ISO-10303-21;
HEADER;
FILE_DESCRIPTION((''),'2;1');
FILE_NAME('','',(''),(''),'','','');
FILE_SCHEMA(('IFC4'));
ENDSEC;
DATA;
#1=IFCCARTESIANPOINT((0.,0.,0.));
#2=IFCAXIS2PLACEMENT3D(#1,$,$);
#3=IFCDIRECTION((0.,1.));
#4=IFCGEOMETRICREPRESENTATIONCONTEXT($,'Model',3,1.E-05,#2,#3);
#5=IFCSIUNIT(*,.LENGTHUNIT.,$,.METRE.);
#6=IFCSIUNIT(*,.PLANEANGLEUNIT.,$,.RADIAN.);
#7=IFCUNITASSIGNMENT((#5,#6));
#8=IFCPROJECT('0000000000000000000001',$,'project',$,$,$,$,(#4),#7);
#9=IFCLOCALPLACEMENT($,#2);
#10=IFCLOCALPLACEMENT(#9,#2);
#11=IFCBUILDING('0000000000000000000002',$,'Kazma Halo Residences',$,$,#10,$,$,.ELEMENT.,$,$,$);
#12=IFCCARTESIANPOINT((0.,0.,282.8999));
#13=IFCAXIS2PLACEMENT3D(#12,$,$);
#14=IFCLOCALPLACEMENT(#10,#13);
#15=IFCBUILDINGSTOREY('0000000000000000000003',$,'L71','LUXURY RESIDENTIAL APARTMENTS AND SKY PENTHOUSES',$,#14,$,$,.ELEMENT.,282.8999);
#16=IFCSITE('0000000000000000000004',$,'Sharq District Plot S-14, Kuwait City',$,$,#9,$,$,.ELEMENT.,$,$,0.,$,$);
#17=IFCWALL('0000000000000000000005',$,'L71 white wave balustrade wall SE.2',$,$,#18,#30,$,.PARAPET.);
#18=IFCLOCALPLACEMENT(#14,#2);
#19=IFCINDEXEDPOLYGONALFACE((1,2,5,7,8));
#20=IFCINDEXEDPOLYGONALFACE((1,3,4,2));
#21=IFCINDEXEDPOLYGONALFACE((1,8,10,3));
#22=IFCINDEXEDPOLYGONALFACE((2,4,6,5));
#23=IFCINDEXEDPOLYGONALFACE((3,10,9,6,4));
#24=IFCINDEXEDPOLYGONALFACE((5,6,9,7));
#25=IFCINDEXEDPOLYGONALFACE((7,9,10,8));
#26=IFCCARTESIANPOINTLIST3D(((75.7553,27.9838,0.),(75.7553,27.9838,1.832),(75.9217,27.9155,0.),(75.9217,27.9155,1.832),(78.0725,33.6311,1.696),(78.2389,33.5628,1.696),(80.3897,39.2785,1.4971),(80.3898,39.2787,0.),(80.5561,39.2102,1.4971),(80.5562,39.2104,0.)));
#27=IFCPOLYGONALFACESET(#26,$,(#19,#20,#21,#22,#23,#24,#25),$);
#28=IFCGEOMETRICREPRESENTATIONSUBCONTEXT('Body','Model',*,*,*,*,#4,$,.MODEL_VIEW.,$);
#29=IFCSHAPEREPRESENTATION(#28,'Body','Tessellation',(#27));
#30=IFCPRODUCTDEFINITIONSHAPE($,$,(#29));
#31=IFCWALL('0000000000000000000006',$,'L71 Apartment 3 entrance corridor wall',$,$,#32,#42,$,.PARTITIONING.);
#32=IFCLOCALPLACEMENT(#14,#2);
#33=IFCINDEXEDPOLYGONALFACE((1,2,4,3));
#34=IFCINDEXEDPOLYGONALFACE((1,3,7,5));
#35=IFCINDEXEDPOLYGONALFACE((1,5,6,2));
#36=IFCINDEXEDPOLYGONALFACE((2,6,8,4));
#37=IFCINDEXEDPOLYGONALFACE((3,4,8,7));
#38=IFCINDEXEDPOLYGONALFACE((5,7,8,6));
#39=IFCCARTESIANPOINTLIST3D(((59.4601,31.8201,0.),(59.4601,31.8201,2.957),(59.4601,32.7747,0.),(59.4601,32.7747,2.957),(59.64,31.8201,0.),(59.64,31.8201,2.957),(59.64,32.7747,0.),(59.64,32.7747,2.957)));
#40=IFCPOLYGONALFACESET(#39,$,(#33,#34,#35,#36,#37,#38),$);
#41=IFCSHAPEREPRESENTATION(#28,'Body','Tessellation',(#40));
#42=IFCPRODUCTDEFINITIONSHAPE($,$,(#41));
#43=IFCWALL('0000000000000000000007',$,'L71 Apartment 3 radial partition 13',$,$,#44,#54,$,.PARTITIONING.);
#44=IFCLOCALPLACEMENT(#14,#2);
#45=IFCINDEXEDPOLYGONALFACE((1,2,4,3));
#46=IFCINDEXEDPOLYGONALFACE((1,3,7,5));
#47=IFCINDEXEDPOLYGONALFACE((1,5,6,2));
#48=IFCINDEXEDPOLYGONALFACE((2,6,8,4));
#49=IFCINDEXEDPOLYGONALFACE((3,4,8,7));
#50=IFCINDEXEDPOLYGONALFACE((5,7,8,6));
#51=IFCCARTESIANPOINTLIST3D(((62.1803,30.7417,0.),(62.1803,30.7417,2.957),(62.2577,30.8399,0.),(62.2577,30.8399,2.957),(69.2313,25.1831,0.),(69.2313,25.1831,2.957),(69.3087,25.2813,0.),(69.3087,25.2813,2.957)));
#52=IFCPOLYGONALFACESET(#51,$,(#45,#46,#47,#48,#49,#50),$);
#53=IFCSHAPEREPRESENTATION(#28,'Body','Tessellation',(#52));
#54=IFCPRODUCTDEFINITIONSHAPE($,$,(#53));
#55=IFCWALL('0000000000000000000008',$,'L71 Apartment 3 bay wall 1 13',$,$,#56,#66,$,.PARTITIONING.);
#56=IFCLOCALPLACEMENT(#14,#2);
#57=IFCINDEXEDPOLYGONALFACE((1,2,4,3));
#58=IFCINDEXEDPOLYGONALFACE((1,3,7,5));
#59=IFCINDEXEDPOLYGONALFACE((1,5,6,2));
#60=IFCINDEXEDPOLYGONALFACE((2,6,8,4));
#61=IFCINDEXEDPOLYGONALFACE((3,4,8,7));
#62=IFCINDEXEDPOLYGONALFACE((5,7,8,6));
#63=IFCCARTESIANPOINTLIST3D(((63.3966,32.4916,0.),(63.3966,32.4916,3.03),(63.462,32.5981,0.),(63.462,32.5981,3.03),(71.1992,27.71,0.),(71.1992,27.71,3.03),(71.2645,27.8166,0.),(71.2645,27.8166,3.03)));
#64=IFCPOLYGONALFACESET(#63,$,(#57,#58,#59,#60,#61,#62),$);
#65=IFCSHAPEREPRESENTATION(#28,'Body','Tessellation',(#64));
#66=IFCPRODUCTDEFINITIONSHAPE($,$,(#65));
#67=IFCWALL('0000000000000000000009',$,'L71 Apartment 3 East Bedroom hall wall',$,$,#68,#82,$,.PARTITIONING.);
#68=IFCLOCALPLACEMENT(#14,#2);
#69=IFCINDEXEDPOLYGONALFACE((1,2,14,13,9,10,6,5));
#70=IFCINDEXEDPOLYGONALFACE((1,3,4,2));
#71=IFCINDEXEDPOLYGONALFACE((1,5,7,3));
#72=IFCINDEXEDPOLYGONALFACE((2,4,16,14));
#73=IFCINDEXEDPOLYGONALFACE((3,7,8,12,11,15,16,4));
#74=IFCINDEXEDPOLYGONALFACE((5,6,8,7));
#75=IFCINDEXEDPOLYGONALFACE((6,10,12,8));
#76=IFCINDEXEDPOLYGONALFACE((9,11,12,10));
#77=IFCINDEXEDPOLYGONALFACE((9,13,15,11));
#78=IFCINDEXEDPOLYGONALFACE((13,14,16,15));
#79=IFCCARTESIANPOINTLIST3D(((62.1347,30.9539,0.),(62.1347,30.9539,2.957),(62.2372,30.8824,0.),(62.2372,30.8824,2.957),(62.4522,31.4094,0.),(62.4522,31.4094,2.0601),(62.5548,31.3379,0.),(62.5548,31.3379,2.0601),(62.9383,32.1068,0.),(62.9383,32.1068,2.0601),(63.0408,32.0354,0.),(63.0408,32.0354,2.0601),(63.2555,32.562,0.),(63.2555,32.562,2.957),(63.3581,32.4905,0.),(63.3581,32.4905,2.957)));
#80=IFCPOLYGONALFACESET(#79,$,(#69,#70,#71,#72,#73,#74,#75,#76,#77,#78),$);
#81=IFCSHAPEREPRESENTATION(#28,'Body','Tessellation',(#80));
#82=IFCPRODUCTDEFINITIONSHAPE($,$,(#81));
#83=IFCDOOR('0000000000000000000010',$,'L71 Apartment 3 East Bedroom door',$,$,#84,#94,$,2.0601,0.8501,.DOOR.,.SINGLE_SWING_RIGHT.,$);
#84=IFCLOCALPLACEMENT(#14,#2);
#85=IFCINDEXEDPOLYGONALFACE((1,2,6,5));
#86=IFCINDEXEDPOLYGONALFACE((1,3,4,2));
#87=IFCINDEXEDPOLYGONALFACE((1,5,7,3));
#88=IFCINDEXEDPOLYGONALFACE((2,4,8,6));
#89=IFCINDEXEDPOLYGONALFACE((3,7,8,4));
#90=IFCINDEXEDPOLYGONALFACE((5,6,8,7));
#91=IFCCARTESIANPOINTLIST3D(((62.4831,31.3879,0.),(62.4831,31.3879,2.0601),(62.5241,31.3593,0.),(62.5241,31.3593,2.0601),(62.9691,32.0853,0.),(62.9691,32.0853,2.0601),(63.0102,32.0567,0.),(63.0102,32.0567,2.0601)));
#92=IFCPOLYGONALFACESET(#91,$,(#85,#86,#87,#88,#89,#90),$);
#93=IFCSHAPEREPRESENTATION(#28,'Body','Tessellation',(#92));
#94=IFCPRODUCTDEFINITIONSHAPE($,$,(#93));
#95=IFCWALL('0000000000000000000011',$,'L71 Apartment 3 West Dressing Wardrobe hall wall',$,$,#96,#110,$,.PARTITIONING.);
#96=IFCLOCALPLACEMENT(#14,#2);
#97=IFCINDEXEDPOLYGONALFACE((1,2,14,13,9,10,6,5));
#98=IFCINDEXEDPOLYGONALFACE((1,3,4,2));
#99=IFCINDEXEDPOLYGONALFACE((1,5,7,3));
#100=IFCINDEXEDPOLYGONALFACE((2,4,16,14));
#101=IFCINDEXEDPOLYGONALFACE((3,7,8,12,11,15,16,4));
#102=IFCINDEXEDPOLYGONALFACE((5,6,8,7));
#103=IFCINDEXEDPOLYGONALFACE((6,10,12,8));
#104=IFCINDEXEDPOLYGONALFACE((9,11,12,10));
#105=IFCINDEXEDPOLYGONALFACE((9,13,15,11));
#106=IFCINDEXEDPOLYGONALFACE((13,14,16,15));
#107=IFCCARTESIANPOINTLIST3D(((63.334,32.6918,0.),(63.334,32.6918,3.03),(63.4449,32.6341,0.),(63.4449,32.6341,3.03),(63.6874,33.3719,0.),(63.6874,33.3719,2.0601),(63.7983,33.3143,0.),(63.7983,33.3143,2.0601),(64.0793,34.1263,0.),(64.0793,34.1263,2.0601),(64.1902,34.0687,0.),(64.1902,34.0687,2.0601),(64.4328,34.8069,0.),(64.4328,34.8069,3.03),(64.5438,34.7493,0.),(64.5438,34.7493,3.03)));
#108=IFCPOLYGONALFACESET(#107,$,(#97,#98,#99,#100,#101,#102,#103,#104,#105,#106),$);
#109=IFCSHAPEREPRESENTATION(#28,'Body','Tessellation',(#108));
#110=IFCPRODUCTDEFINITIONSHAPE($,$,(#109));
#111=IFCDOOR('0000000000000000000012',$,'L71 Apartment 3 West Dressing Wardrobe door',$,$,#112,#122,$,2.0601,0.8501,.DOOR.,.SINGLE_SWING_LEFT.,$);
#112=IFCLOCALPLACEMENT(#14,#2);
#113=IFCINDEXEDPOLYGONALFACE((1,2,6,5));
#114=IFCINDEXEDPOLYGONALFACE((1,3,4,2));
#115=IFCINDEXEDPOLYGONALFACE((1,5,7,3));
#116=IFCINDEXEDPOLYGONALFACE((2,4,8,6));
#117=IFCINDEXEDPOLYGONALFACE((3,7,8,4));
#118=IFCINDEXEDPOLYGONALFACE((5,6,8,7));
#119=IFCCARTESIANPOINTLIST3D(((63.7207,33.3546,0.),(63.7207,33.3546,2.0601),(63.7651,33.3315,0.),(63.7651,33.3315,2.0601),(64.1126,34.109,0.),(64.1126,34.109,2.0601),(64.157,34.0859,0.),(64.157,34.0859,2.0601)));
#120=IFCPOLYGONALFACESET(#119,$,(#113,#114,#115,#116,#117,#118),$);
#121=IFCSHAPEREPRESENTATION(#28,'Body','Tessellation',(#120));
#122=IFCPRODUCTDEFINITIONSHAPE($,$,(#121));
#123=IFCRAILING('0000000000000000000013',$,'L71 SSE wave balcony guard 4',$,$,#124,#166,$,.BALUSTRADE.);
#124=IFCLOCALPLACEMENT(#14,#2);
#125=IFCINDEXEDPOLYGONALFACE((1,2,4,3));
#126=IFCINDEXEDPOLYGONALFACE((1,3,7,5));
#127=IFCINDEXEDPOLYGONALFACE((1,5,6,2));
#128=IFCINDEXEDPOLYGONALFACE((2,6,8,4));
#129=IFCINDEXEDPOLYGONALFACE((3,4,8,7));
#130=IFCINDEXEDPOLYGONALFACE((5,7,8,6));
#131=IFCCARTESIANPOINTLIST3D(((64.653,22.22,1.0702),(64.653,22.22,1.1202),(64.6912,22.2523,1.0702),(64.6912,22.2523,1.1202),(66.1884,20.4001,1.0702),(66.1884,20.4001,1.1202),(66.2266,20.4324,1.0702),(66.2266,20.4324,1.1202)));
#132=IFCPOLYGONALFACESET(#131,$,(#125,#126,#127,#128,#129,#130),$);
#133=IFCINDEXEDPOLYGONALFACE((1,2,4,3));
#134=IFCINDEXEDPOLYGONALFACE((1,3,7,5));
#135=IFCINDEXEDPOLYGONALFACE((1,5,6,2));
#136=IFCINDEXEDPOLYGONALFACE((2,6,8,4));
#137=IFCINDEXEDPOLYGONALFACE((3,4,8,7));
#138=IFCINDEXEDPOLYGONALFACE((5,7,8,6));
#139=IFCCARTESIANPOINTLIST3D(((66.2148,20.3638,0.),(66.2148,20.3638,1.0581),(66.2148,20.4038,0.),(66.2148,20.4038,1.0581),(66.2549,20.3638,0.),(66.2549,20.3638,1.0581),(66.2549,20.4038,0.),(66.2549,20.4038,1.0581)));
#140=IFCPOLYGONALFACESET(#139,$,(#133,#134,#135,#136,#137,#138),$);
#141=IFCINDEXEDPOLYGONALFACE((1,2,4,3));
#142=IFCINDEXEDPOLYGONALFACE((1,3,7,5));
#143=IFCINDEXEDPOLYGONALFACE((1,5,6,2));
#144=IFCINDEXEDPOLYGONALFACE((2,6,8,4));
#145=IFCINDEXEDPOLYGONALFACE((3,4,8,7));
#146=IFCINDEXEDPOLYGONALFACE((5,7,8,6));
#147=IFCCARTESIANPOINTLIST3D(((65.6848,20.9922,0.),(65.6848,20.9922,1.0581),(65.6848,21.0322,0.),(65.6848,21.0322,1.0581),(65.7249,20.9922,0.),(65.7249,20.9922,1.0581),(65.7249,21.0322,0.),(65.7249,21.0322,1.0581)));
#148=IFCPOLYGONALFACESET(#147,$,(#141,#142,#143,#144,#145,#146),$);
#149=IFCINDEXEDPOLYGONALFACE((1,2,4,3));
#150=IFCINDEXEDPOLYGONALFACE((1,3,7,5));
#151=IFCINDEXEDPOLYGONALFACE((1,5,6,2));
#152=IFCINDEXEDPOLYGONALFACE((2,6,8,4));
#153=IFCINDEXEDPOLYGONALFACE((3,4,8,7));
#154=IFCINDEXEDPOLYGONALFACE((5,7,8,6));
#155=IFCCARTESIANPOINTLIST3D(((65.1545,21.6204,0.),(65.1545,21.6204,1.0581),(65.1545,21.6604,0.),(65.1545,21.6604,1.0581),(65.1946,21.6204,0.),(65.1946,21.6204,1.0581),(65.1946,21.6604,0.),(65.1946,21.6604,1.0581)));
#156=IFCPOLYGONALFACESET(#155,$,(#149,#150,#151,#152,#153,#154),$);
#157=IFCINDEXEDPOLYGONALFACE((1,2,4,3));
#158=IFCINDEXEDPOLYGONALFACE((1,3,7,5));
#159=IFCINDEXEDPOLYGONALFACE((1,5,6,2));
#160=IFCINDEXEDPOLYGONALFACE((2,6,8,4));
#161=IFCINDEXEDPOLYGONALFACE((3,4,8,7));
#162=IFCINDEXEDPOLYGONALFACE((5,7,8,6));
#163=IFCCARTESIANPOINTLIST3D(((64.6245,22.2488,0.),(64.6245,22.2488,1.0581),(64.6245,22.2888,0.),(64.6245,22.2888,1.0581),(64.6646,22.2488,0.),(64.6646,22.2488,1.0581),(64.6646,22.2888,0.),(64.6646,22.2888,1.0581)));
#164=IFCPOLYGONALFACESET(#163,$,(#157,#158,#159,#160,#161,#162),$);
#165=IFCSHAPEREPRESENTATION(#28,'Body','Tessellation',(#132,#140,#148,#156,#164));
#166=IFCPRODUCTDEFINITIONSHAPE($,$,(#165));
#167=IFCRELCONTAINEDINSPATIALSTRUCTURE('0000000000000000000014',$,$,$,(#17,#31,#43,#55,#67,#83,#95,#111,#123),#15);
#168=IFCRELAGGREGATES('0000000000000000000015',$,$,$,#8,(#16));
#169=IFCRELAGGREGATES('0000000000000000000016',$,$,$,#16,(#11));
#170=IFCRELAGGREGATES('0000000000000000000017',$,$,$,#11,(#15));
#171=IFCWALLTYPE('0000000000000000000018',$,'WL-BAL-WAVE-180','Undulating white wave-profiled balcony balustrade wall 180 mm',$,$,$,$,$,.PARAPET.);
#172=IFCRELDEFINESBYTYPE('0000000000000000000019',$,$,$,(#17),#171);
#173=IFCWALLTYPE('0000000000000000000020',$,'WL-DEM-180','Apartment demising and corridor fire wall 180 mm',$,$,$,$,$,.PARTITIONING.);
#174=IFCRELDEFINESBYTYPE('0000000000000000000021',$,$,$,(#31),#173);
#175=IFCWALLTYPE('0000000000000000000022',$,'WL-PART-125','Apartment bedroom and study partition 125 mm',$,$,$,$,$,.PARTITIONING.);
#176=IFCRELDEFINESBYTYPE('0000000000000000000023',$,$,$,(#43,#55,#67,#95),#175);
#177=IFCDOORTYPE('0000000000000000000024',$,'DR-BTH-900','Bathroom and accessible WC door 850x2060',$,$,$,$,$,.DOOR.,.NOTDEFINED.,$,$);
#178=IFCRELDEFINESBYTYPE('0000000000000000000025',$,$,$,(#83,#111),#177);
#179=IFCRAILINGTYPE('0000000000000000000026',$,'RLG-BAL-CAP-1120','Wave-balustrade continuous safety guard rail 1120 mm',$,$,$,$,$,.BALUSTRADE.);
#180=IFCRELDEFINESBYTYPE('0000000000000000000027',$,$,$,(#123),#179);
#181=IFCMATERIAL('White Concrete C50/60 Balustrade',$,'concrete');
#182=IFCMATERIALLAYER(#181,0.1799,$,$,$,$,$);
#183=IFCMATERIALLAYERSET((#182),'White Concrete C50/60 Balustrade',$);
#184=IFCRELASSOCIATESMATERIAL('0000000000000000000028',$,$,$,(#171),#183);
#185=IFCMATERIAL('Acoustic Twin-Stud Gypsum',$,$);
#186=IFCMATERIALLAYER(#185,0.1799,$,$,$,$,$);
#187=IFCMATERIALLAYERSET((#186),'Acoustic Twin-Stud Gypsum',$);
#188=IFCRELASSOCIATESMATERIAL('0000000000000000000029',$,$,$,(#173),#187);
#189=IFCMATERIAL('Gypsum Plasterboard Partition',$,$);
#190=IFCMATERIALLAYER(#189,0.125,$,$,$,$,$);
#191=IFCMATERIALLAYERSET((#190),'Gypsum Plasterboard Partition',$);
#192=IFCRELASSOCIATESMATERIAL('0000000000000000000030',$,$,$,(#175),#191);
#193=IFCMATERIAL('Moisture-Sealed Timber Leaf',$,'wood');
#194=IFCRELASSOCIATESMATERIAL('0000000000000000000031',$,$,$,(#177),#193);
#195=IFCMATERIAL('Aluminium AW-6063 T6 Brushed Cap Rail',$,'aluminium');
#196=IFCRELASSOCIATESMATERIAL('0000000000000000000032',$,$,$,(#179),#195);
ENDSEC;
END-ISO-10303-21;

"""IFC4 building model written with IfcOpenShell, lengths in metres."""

from ifc_helpers import new_model, si_unit, direction, frame, frame_2d, origin, origin_2d, place, context, subcontext, project, spatial, polyline, rectangle, outline, extrude, material, layer, layer_set, type_object, element, fill, save


model = new_model("IFC4")

# Units and contexts
model_context = context("Model", 3, precision=1e-05, world=origin(), true_north=direction((0.0, 1.0)))
body_context = subcontext(model_context, "Body", "Model", "MODEL_VIEW")
ifc_project = project(units=[si_unit("LENGTHUNIT", "METRE"), si_unit("PLANEANGLEUNIT", "RADIAN")], contexts=[model_context])

# Site, building, storey
site_placement = place(None, origin())
site = spatial("IfcSite", under=ifc_project, at=site_placement, Name="Sharq District Plot S-14, Kuwait City", CompositionType="ELEMENT", RefElevation=0.0)
building_placement = place(site_placement, origin())
building = spatial("IfcBuilding", under=site, at=building_placement, Name="Kazma Halo Residences", CompositionType="ELEMENT")
storey_placement = place(building_placement, frame((0.0, 0.0, 282.8999)))
storey = spatial("IfcBuildingStorey", under=building, at=storey_placement, Name="L71", Description="LUXURY RESIDENTIAL APARTMENTS AND SKY PENTHOUSES", CompositionType="ELEMENT", Elevation=282.8999)

# Walls
ifc_material_1 = material(Name="White Concrete C50/60 Balustrade", Category="concrete")
ifc_layer_1 = layer(ifc_material_1, 0.1799)
ifc_layer_set_1 = layer_set([ifc_layer_1], Name="White Concrete C50/60 Balustrade")
wall_type_1 = type_object("IfcWallType", Name="WL-BAL-WAVE-180", Description="Undulating white wave-profiled balcony balustrade wall 180 mm", PredefinedType="PARAPET", material=ifc_layer_set_1)
wall_1_placement = place(storey_placement, frame((75.8384, 27.9497, 0.0), z_axis=(0.0, 0.0, 1.0), x_axis=(0.379606, 0.925148, 0.0)))
element("IfcWall", 1, at=wall_1_placement, inside=storey, type_object=wall_type_1, Name="L71 white wave balustrade wall SE.2", PredefinedType="PARAPET", context=body_context, shape_type="SweptSolid", body=[
    extrude(outline(polyline([(0.0, 0.0), (12.2087, 0.0), (12.2085, 1.4971), (6.1042, 1.696), (0.0, 1.832), (0.0, 0.0)])), frame((0.0, 0.0898, 0.0), z_axis=(0.0, -1.0, 0.0), x_axis=(1.0, 0.0, 0.0)), (0.0, 0.0, 1.0), 0.1799),
])
ifc_material_2 = material(Name="Acoustic Twin-Stud Gypsum")
ifc_layer_2 = layer(ifc_material_2, 0.1799)
ifc_layer_set_2 = layer_set([ifc_layer_2], Name="Acoustic Twin-Stud Gypsum")
wall_type_2 = type_object("IfcWallType", Name="WL-DEM-180", Description="Apartment demising and corridor fire wall 180 mm", PredefinedType="PARTITIONING", material=ifc_layer_set_2)
wall_2_placement = place(storey_placement, frame((59.55, 31.8201, 0.0), z_axis=(0.0, 0.0, 1.0), x_axis=(0.0, 1.0, 0.0)))
element("IfcWall", 2, at=wall_2_placement, inside=storey, type_object=wall_type_2, Name="L71 Apartment 3 entrance corridor wall", PredefinedType="PARTITIONING", context=body_context, shape_type="SweptSolid", body=[
    extrude(rectangle(XDim=0.9546, YDim=0.1799, at=frame_2d((0.4773, 0.0))), origin(), (0.0, 0.0, 1.0), 2.957),
])

# Walls
ifc_material_3 = material(Name="Gypsum Plasterboard Partition")
ifc_layer_3 = layer(ifc_material_3, 0.125)
ifc_layer_set_3 = layer_set([ifc_layer_3], Name="Gypsum Plasterboard Partition")
wall_type_3 = type_object("IfcWallType", Name="WL-PART-125", Description="Apartment bedroom and study partition 125 mm", PredefinedType="PARTITIONING", material=ifc_layer_set_3)
wall_3_placement = place(storey_placement, frame((62.219, 30.7908, 0.0), z_axis=(0.0, 0.0, 1.0), x_axis=(0.785316, -0.619095, 0.0)))
element("IfcWall", 3, at=wall_3_placement, inside=storey, type_object=wall_type_3, Name="L71 Apartment 3 radial partition 13", PredefinedType="PARTITIONING", context=body_context, shape_type="SweptSolid", body=[
    extrude(rectangle(XDim=8.9785, YDim=0.125, at=frame_2d((4.4893, 0.0))), origin(), (0.0, 0.0, 1.0), 2.957),
])
wall_4_placement = place(storey_placement, frame((63.4292, 32.5449, 0.0), z_axis=(0.0, 0.0, 1.0), x_axis=(0.852634, -0.522508, 0.0)))
element("IfcWall", 4, at=wall_4_placement, inside=storey, type_object=wall_type_3, Name="L71 Apartment 3 bay wall 1 13", PredefinedType="PARTITIONING", context=body_context, shape_type="SweptSolid", body=[
    extrude(rectangle(XDim=9.1511, YDim=0.125, at=frame_2d((4.5757, 0.0))), origin(), (0.0, 0.0, 1.0), 3.03),
])

# Walls, openings, doors
wall_5_placement = place(storey_placement, frame((62.186, 30.9182, 0.0), z_axis=(0.0, 0.0, 1.0), x_axis=(0.571798, 0.820395, 0.0)))
wall_5 = element("IfcWall", 5, at=wall_5_placement, inside=storey, type_object=wall_type_3, Name="L71 Apartment 3 East Bedroom hall wall", PredefinedType="PARTITIONING", context=body_context, shape_type="SweptSolid", body=[
    extrude(rectangle(XDim=1.9602, YDim=0.125, at=frame_2d((0.98, 0.0))), origin(), (0.0, 0.0, 1.0), 2.957),
])
opening_1_placement = place(wall_5_placement, frame((0.5552, 0.0, 0.0)))
opening_1 = element("IfcOpeningElement", 6, at=opening_1_placement, cuts=wall_5, PredefinedType="OPENING", context=body_context, shape_type="SweptSolid", body=[
    extrude(rectangle(XDim=0.8501, YDim=2.0601, at=frame_2d((0.425, 1.03))), frame((0.0, 0.0725, 0.0), z_axis=(0.0, -1.0, 0.0), x_axis=(1.0, 0.0, 0.0)), (0.0, 0.0, 1.0), 0.145),
])
ifc_material_4 = material(Name="Moisture-Sealed Timber Leaf", Category="wood")
door_type_1 = type_object("IfcDoorType", Name="DR-BTH-900", Description="Bathroom and accessible WC door 850x2060", OperationType="NOTDEFINED", PredefinedType="DOOR", material=ifc_material_4)
door_1_placement = place(opening_1_placement, origin())
door_1 = element("IfcDoor", 7, at=door_1_placement, inside=storey, type_object=door_type_1, Name="L71 Apartment 3 East Bedroom door", OperationType="SINGLE_SWING_RIGHT", OverallHeight=2.0601, OverallWidth=0.8501, PredefinedType="DOOR", context=body_context, shape_type="SweptSolid", body=[
    extrude(rectangle(XDim=0.8501, YDim=2.0601, at=frame_2d((0.425, 1.03))), frame((0.0, 0.0249, 0.0), z_axis=(0.0, -1.0, 0.0), x_axis=(1.0, 0.0, 0.0)), (0.0, 0.0, 1.0), 0.05),
])
fill(opening_1, door_1)
wall_6_placement = place(storey_placement, frame((63.3894, 32.6628, 0.0), z_axis=(0.0, 0.0, 1.0), x_axis=(0.461008, 0.887396, 0.0)))
wall_6 = element("IfcWall", 8, at=wall_6_placement, inside=storey, type_object=wall_type_3, Name="L71 Apartment 3 West Dressing Wardrobe hall wall", PredefinedType="PARTITIONING", context=body_context, shape_type="SweptSolid", body=[
    extrude(rectangle(XDim=2.3835, YDim=0.125, at=frame_2d((1.1919, 0.0))), origin(), (0.0, 0.0, 1.0), 3.03),
])
opening_2_placement = place(wall_6_placement, frame((0.7666, 0.0, 0.0)))
opening_2 = element("IfcOpeningElement", 9, at=opening_2_placement, cuts=wall_6, PredefinedType="OPENING", context=body_context, shape_type="SweptSolid", body=[
    extrude(rectangle(XDim=0.8501, YDim=2.0601, at=frame_2d((0.425, 1.03))), frame((0.0, 0.0725, 0.0), z_axis=(0.0, -1.0, 0.0), x_axis=(1.0, 0.0, 0.0)), (0.0, 0.0, 1.0), 0.145),
])
door_2_placement = place(opening_2_placement, origin())
door_2 = element("IfcDoor", 10, at=door_2_placement, inside=storey, type_object=door_type_1, Name="L71 Apartment 3 West Dressing Wardrobe door", OperationType="SINGLE_SWING_LEFT", OverallHeight=2.0601, OverallWidth=0.8501, PredefinedType="DOOR", context=body_context, shape_type="SweptSolid", body=[
    extrude(rectangle(XDim=0.8501, YDim=2.0601, at=frame_2d((0.425, 1.03))), frame((0.0, 0.0249, 0.0), z_axis=(0.0, -1.0, 0.0), x_axis=(1.0, 0.0, 0.0)), (0.0, 0.0, 1.0), 0.05),
])
fill(opening_2, door_2)

# Railing
ifc_material_5 = material(Name="Aluminium AW-6063 T6 Brushed Cap Rail", Category="aluminium")
railing_type = type_object("IfcRailingType", Name="RLG-BAL-CAP-1120", Description="Wave-balustrade continuous safety guard rail 1120 mm", PredefinedType="BALUSTRADE", material=ifc_material_5)
railing_1_placement = place(storey_placement, frame((66.2349, 20.3838, 0.0)))
element("IfcRailing", 11, at=railing_1_placement, inside=storey, type_object=railing_type, Name="L71 SSE wave balcony guard 4", PredefinedType="BALUSTRADE", context=body_context, shape_type="SweptSolid", body=[
    extrude(rectangle(XDim=0.05, YDim=0.05, at=origin_2d()), frame((-0.0273, 0.0325, 1.0952), z_axis=(-0.644837, 0.76432, 0.0), x_axis=(-0.76432, -0.644837, 0.0)), (0.0, 0.0, 1.0), 2.3811),
    extrude(rectangle(XDim=0.04, YDim=0.04, at=origin_2d()), origin(), (0.0, 0.0, 1.0), 1.0581),
    extrude(rectangle(XDim=0.04, YDim=0.04, at=origin_2d()), frame((-0.53, 0.6284, 0.0)), (0.0, 0.0, 1.0), 1.0581),
    extrude(rectangle(XDim=0.04, YDim=0.04, at=origin_2d()), frame((-1.0603, 1.2566, 0.0)), (0.0, 0.0, 1.0), 1.0581),
    extrude(rectangle(XDim=0.04, YDim=0.04, at=origin_2d()), frame((-1.5903, 1.885, 0.0)), (0.0, 0.0, 1.0), 1.0581),
])

save(model, "model.ifc")
